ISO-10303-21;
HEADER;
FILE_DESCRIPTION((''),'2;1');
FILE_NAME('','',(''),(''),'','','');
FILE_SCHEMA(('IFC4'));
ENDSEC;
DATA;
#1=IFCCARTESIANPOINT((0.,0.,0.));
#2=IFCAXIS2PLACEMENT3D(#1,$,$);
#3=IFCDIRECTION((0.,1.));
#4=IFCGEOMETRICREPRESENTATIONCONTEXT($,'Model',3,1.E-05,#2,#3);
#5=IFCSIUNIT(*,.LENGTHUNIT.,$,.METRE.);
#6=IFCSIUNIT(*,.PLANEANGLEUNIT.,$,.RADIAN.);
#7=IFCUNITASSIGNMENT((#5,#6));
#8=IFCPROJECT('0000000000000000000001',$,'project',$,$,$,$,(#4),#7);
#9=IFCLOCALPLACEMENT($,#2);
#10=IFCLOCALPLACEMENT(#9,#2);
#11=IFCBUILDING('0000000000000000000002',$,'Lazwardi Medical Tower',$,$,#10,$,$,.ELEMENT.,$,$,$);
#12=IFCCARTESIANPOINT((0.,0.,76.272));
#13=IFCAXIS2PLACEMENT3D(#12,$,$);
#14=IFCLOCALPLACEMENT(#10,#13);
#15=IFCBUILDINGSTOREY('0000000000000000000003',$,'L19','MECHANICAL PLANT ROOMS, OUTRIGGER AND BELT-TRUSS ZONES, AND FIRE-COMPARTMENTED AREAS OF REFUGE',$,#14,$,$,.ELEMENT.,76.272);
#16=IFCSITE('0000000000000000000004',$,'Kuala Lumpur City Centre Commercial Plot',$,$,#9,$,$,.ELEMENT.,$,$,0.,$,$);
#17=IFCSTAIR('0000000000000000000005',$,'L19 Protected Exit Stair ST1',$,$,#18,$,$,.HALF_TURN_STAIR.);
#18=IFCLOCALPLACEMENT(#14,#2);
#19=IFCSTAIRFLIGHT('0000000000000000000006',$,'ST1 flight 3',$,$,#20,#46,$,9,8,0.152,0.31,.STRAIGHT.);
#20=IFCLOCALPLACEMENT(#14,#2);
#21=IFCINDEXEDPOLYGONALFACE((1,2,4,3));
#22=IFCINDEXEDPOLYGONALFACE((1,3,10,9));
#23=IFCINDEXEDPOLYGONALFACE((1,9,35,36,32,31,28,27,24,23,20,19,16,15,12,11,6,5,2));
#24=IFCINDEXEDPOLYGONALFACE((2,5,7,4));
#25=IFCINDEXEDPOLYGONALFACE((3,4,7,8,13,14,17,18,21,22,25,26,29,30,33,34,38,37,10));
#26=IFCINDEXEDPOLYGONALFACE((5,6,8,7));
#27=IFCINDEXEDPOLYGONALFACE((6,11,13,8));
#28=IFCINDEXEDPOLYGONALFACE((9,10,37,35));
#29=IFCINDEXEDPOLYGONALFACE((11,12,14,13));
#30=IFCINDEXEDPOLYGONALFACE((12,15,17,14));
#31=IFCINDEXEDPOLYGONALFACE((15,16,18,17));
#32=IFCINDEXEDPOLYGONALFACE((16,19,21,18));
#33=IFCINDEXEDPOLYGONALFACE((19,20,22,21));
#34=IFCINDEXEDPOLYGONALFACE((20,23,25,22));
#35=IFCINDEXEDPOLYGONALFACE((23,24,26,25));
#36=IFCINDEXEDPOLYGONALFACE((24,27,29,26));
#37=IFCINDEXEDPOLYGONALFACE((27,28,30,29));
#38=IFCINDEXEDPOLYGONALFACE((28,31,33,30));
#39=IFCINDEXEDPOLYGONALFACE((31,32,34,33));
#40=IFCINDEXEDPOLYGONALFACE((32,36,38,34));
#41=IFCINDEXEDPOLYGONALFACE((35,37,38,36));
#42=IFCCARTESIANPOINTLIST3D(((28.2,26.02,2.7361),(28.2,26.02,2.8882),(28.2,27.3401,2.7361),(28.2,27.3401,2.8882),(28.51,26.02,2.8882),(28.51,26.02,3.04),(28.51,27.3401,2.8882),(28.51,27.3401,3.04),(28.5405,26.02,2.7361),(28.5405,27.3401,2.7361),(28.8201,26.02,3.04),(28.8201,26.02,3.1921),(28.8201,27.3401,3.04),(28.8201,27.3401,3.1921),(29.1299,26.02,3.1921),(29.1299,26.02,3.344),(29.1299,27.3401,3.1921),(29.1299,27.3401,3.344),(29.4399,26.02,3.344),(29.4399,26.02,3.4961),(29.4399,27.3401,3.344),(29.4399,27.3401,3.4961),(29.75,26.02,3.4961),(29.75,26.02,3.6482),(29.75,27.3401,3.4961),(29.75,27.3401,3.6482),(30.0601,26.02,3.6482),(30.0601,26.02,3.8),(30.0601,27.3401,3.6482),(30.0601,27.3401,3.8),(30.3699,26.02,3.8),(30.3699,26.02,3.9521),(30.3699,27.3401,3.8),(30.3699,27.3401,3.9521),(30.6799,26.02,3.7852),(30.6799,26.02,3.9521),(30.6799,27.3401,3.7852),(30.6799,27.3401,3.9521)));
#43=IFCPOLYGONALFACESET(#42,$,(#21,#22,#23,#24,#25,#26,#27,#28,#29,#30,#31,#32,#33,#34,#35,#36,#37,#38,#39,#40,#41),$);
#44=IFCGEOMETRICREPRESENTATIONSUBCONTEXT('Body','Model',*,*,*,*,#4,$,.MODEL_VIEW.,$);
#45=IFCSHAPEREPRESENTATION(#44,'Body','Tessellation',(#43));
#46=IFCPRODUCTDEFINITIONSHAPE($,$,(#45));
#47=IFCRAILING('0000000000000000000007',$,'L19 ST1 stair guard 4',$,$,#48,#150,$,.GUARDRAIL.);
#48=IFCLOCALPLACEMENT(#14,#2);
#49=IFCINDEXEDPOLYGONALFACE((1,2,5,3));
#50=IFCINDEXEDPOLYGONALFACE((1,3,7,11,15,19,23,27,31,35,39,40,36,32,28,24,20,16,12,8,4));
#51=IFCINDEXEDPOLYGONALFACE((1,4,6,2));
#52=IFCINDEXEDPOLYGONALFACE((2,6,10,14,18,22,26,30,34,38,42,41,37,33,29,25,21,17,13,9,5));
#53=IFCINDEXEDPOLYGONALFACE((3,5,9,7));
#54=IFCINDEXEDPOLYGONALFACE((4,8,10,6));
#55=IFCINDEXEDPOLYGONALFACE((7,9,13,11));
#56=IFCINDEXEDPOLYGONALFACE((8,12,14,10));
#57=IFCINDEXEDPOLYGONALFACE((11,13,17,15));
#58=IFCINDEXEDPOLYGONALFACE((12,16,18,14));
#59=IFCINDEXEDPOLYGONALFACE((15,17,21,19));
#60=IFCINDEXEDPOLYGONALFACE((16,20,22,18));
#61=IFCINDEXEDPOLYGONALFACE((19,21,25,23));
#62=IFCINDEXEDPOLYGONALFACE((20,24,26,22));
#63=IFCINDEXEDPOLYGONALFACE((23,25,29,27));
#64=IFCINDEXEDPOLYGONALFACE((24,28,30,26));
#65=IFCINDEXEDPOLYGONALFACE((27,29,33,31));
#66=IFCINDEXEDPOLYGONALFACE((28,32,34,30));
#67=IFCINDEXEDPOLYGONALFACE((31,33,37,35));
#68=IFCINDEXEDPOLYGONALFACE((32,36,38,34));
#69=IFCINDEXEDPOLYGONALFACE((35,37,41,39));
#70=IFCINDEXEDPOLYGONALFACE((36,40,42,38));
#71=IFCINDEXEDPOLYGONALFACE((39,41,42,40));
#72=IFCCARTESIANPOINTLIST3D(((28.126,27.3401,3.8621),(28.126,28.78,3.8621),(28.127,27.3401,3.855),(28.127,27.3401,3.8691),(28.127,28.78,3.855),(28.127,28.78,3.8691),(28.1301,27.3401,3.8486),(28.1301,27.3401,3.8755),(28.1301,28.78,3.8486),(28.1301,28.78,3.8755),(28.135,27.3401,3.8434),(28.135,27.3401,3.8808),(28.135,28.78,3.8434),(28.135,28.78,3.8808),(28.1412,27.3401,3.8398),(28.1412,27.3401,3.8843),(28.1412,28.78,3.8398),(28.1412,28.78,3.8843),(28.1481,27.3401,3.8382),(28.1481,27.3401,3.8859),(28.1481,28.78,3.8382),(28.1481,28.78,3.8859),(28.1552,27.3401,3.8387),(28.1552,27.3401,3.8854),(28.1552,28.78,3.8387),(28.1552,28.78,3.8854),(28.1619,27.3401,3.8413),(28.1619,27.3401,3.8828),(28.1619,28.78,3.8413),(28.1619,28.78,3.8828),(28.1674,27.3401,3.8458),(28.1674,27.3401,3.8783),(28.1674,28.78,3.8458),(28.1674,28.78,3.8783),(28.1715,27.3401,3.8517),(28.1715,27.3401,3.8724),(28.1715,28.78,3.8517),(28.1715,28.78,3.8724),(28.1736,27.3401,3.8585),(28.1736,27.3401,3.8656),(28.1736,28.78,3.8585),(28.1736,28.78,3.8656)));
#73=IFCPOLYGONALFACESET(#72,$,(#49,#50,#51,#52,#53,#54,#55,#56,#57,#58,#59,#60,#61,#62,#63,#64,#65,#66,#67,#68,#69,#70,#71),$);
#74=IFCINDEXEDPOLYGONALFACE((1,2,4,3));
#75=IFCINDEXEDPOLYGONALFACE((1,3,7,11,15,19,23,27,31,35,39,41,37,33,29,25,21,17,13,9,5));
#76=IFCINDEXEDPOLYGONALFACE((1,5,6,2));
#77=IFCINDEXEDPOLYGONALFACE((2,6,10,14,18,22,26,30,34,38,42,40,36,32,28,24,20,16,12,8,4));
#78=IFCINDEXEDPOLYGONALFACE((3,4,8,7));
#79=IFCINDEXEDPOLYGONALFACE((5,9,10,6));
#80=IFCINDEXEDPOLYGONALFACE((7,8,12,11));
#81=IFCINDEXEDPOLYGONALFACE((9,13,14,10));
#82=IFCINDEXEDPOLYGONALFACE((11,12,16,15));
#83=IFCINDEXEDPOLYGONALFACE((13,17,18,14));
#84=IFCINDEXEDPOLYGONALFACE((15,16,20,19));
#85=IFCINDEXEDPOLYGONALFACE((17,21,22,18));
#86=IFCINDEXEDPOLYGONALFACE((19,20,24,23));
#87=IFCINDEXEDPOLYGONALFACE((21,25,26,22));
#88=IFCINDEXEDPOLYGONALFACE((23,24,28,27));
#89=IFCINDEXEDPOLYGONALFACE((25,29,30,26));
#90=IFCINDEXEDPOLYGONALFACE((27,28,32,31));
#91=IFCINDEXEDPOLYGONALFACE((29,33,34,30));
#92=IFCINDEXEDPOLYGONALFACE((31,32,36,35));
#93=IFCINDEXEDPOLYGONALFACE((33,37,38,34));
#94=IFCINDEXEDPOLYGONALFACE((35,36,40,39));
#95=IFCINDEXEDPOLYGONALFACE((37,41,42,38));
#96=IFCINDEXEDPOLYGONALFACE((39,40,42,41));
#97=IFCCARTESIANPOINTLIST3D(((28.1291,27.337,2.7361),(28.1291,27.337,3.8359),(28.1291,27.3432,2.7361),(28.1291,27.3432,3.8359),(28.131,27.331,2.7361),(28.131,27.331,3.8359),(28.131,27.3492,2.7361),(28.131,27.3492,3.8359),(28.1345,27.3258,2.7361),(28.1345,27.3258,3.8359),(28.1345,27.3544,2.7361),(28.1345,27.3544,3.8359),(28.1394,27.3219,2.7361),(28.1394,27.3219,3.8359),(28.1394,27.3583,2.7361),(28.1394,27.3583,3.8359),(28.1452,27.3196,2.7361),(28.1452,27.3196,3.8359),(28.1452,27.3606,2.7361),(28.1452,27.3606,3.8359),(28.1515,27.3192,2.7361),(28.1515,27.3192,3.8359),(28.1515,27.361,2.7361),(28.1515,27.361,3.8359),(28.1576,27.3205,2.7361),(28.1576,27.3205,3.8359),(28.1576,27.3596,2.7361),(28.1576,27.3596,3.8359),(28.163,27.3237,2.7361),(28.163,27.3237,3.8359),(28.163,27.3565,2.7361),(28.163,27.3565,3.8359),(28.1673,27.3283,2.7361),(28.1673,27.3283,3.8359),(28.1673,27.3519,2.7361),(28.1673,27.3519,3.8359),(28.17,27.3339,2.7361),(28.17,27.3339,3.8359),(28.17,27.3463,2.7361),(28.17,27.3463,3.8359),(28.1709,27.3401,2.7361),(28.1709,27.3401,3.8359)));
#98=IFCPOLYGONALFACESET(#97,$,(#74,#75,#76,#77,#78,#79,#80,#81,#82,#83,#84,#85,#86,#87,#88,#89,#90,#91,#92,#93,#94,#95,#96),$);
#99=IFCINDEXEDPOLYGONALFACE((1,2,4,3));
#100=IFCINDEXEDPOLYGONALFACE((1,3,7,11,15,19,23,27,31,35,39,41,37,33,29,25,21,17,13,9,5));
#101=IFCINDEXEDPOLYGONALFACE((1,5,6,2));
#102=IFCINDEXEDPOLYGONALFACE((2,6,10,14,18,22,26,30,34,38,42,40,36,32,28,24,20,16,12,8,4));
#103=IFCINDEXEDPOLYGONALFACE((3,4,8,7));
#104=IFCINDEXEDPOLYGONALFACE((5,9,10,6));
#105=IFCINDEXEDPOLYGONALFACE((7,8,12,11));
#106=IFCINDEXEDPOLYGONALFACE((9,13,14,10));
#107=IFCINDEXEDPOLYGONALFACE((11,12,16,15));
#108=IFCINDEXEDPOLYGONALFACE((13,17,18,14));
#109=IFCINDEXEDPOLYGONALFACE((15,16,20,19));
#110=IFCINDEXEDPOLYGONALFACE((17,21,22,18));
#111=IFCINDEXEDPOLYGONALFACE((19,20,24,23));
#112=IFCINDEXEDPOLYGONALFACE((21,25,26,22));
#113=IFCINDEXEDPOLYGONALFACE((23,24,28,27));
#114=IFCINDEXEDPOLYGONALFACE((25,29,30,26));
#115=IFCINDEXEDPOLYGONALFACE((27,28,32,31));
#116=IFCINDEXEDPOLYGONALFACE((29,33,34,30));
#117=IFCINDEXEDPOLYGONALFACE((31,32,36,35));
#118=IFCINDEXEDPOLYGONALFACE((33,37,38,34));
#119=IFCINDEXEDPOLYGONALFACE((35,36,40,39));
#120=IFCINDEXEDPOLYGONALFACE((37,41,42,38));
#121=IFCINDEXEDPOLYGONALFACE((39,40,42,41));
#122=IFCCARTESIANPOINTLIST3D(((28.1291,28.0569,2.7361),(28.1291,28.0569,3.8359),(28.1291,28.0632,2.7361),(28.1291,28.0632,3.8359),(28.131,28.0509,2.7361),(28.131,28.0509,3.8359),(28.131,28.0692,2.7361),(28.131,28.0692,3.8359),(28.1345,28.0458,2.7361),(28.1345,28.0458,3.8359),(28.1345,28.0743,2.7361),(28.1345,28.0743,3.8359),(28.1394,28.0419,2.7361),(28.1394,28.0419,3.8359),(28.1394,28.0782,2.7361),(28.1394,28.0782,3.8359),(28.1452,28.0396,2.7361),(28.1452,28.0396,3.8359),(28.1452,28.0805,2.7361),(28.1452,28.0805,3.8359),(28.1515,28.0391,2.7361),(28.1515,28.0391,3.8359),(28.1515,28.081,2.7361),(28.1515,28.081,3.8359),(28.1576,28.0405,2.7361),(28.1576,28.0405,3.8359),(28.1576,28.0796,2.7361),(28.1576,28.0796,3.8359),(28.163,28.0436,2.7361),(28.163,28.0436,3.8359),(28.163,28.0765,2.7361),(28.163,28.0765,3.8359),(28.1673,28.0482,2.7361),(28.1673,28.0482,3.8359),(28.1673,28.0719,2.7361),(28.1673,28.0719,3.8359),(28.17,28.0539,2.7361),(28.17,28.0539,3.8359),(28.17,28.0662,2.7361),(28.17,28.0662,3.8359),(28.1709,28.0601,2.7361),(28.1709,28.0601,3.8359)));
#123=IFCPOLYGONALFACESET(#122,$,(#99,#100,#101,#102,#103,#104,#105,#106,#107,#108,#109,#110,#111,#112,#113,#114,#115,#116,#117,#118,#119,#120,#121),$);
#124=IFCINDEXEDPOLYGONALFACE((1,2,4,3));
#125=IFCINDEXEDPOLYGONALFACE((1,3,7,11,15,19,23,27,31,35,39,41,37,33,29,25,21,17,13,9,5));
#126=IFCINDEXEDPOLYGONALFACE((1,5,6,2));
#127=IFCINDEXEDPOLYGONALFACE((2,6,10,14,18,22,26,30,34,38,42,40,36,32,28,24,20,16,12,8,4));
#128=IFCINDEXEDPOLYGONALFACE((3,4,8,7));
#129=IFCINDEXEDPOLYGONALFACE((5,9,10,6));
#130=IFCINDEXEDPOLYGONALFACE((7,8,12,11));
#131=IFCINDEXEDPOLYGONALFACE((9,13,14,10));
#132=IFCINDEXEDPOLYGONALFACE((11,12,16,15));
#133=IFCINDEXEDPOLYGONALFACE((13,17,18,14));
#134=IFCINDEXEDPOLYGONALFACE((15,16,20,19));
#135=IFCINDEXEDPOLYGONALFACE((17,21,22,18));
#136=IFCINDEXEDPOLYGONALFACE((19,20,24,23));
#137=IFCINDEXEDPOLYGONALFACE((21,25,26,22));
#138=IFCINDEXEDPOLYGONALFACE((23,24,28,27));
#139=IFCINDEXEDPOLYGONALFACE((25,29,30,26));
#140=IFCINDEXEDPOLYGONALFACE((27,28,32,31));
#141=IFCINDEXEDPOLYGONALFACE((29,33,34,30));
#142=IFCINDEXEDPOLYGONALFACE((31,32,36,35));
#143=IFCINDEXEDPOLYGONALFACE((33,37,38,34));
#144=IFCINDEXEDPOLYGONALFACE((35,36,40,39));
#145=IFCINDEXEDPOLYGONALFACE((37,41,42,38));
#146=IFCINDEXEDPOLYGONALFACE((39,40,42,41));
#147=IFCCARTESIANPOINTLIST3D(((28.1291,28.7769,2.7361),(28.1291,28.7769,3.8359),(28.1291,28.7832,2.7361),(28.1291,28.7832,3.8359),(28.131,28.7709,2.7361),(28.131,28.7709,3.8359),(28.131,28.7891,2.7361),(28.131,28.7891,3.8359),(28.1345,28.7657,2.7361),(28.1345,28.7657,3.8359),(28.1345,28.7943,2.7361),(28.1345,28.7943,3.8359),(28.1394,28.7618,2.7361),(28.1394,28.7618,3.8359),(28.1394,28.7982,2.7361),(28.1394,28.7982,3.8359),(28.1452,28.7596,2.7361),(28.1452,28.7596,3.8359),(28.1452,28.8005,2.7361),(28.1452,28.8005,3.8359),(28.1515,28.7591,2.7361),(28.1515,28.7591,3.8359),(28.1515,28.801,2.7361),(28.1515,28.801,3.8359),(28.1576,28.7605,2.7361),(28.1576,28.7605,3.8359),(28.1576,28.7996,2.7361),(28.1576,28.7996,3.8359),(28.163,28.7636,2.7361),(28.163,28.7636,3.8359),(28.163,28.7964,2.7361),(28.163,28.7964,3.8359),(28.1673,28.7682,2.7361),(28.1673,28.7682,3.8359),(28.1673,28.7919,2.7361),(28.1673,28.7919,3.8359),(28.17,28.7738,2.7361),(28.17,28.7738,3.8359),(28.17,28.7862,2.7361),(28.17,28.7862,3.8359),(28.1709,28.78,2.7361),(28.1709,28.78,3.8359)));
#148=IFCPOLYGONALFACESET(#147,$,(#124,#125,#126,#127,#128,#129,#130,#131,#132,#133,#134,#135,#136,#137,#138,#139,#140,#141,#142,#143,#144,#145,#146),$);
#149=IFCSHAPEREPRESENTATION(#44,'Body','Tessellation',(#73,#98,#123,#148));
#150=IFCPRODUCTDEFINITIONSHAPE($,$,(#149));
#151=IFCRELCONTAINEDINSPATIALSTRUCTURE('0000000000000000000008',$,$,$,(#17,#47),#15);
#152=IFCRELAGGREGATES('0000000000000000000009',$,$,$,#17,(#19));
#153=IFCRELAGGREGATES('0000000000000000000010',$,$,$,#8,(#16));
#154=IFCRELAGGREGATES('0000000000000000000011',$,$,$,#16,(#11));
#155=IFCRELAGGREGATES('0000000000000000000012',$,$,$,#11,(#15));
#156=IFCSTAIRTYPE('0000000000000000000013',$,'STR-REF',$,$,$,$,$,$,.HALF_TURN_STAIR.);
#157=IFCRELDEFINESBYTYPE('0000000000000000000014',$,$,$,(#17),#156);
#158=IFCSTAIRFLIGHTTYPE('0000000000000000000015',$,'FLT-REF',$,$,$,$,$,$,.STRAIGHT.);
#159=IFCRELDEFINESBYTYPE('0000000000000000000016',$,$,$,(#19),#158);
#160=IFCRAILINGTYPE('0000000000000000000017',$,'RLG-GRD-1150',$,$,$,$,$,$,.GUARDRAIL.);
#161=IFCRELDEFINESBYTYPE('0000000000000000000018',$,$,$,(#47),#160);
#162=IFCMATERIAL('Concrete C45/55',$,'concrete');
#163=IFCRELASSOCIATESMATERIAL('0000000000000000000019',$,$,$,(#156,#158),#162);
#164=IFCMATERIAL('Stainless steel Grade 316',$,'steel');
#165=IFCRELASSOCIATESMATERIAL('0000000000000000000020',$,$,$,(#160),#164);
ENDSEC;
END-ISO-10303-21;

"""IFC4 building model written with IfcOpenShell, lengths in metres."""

from ifc_helpers import new_model, si_unit, direction, frame, origin, origin_2d, place, context, subcontext, project, spatial, polyline, circle, outline, extrude, material, type_object, element, aggregate, save


model = new_model("IFC4")

# Units and contexts
model_context = context("Model", 3, precision=1e-05, world=origin(), true_north=direction((0.0, 1.0)))
body_context = subcontext(model_context, "Body", "Model", "MODEL_VIEW")
ifc_project = project(units=[si_unit("LENGTHUNIT", "METRE"), si_unit("PLANEANGLEUNIT", "RADIAN")], contexts=[model_context])

# Site, building, storey
site_placement = place(None, origin())
site = spatial("IfcSite", under=ifc_project, at=site_placement, Name="Kuala Lumpur City Centre Commercial Plot", CompositionType="ELEMENT", RefElevation=0.0)
building_placement = place(site_placement, origin())
building = spatial("IfcBuilding", under=site, at=building_placement, Name="Lazwardi Medical Tower", CompositionType="ELEMENT")
storey_placement = place(building_placement, frame((0.0, 0.0, 76.272)))
storey = spatial("IfcBuildingStorey", under=building, at=storey_placement, Name="L19", Description="MECHANICAL PLANT ROOMS, OUTRIGGER AND BELT-TRUSS ZONES, AND FIRE-COMPARTMENTED AREAS OF REFUGE", CompositionType="ELEMENT", Elevation=76.272)

# Stair, stair flight
ifc_material_1 = material(Name="Concrete C45/55", Category="concrete")
stair_type = type_object("IfcStairType", Name="STR-REF", PredefinedType="HALF_TURN_STAIR", material=ifc_material_1)
stair_placement = place(storey_placement, origin())
stair = element("IfcStair", 1, at=stair_placement, inside=storey, type_object=stair_type, Name="L19 Protected Exit Stair ST1", PredefinedType="HALF_TURN_STAIR")
stair_flight_type = type_object("IfcStairFlightType", Name="FLT-REF", PredefinedType="STRAIGHT", material=ifc_material_1)
stair_flight_1_placement = place(storey_placement, frame((28.2, 26.6799, 2.7361), z_axis=(0.0, 0.0, 1.0), x_axis=(1.0, 0.0, 0.0)))
stair_flight_1 = element("IfcStairFlight", 2, at=stair_flight_1_placement, type_object=stair_flight_type, Name="ST1 flight 3", NumberOfRisers=9, NumberOfTreads=8, PredefinedType="STRAIGHT", RiserHeight=0.152, TreadLength=0.31, context=body_context, shape_type="SweptSolid", body=[
    extrude(outline(polyline([(0.0, 0.0), (0.0, 0.1521), (0.3101, 0.1521), (0.3101, 0.304), (0.6201, 0.304), (0.6201, 0.4561), (0.9299, 0.4561), (0.9299, 0.6079), (1.24, 0.6079), (1.24, 0.76), (1.55, 0.76), (1.55, 0.9121), (1.8601, 0.9121), (1.8601, 1.064), (2.1699, 1.064), (2.1699, 1.2161), (2.48, 1.2161), (2.48, 1.3679), (2.48, 1.0491), (0.3406, 0.0), (0.0, 0.0)])), frame((0.0, 0.6602, 0.0), z_axis=(0.0, -1.0, 0.0), x_axis=(1.0, 0.0, 0.0)), (0.0, 0.0, 1.0), 1.3201),
])
aggregate(stair, [stair_flight_1])

# Railing
ifc_material_2 = material(Name="Stainless steel Grade 316", Category="steel")
railing_type = type_object("IfcRailingType", Name="RLG-GRD-1150", PredefinedType="GUARDRAIL", material=ifc_material_2)
for number, where, name in (
    (3, (28.1499, 27.3401, 2.7361), "L19 ST1 stair guard 4"),
):
    element("IfcRailing", number, at=place(storey_placement, frame(where)), inside=storey, type_object=railing_type, Name=name, PredefinedType="GUARDRAIL", context=body_context, shape_type="SweptSolid", body=[
        extrude(circle(Radius=0.0239, at=origin_2d()), frame((0.0, 0.0, 1.126), z_axis=(0.0, 1.0, 0.0), x_axis=(-1.0, 0.0, 0.0)), (0.0, 0.0, 1.0), 1.4399),
        extrude(circle(Radius=0.021, at=origin_2d()), origin(), (0.0, 0.0, 1.0), 1.0999),
        extrude(circle(Radius=0.021, at=origin_2d()), frame((0.0, 0.72, 0.0)), (0.0, 0.0, 1.0), 1.0999),
        extrude(circle(Radius=0.021, at=origin_2d()), frame((0.0, 1.4399, 0.0)), (0.0, 0.0, 1.0), 1.0999),
    ])

save(model, "model.ifc")
